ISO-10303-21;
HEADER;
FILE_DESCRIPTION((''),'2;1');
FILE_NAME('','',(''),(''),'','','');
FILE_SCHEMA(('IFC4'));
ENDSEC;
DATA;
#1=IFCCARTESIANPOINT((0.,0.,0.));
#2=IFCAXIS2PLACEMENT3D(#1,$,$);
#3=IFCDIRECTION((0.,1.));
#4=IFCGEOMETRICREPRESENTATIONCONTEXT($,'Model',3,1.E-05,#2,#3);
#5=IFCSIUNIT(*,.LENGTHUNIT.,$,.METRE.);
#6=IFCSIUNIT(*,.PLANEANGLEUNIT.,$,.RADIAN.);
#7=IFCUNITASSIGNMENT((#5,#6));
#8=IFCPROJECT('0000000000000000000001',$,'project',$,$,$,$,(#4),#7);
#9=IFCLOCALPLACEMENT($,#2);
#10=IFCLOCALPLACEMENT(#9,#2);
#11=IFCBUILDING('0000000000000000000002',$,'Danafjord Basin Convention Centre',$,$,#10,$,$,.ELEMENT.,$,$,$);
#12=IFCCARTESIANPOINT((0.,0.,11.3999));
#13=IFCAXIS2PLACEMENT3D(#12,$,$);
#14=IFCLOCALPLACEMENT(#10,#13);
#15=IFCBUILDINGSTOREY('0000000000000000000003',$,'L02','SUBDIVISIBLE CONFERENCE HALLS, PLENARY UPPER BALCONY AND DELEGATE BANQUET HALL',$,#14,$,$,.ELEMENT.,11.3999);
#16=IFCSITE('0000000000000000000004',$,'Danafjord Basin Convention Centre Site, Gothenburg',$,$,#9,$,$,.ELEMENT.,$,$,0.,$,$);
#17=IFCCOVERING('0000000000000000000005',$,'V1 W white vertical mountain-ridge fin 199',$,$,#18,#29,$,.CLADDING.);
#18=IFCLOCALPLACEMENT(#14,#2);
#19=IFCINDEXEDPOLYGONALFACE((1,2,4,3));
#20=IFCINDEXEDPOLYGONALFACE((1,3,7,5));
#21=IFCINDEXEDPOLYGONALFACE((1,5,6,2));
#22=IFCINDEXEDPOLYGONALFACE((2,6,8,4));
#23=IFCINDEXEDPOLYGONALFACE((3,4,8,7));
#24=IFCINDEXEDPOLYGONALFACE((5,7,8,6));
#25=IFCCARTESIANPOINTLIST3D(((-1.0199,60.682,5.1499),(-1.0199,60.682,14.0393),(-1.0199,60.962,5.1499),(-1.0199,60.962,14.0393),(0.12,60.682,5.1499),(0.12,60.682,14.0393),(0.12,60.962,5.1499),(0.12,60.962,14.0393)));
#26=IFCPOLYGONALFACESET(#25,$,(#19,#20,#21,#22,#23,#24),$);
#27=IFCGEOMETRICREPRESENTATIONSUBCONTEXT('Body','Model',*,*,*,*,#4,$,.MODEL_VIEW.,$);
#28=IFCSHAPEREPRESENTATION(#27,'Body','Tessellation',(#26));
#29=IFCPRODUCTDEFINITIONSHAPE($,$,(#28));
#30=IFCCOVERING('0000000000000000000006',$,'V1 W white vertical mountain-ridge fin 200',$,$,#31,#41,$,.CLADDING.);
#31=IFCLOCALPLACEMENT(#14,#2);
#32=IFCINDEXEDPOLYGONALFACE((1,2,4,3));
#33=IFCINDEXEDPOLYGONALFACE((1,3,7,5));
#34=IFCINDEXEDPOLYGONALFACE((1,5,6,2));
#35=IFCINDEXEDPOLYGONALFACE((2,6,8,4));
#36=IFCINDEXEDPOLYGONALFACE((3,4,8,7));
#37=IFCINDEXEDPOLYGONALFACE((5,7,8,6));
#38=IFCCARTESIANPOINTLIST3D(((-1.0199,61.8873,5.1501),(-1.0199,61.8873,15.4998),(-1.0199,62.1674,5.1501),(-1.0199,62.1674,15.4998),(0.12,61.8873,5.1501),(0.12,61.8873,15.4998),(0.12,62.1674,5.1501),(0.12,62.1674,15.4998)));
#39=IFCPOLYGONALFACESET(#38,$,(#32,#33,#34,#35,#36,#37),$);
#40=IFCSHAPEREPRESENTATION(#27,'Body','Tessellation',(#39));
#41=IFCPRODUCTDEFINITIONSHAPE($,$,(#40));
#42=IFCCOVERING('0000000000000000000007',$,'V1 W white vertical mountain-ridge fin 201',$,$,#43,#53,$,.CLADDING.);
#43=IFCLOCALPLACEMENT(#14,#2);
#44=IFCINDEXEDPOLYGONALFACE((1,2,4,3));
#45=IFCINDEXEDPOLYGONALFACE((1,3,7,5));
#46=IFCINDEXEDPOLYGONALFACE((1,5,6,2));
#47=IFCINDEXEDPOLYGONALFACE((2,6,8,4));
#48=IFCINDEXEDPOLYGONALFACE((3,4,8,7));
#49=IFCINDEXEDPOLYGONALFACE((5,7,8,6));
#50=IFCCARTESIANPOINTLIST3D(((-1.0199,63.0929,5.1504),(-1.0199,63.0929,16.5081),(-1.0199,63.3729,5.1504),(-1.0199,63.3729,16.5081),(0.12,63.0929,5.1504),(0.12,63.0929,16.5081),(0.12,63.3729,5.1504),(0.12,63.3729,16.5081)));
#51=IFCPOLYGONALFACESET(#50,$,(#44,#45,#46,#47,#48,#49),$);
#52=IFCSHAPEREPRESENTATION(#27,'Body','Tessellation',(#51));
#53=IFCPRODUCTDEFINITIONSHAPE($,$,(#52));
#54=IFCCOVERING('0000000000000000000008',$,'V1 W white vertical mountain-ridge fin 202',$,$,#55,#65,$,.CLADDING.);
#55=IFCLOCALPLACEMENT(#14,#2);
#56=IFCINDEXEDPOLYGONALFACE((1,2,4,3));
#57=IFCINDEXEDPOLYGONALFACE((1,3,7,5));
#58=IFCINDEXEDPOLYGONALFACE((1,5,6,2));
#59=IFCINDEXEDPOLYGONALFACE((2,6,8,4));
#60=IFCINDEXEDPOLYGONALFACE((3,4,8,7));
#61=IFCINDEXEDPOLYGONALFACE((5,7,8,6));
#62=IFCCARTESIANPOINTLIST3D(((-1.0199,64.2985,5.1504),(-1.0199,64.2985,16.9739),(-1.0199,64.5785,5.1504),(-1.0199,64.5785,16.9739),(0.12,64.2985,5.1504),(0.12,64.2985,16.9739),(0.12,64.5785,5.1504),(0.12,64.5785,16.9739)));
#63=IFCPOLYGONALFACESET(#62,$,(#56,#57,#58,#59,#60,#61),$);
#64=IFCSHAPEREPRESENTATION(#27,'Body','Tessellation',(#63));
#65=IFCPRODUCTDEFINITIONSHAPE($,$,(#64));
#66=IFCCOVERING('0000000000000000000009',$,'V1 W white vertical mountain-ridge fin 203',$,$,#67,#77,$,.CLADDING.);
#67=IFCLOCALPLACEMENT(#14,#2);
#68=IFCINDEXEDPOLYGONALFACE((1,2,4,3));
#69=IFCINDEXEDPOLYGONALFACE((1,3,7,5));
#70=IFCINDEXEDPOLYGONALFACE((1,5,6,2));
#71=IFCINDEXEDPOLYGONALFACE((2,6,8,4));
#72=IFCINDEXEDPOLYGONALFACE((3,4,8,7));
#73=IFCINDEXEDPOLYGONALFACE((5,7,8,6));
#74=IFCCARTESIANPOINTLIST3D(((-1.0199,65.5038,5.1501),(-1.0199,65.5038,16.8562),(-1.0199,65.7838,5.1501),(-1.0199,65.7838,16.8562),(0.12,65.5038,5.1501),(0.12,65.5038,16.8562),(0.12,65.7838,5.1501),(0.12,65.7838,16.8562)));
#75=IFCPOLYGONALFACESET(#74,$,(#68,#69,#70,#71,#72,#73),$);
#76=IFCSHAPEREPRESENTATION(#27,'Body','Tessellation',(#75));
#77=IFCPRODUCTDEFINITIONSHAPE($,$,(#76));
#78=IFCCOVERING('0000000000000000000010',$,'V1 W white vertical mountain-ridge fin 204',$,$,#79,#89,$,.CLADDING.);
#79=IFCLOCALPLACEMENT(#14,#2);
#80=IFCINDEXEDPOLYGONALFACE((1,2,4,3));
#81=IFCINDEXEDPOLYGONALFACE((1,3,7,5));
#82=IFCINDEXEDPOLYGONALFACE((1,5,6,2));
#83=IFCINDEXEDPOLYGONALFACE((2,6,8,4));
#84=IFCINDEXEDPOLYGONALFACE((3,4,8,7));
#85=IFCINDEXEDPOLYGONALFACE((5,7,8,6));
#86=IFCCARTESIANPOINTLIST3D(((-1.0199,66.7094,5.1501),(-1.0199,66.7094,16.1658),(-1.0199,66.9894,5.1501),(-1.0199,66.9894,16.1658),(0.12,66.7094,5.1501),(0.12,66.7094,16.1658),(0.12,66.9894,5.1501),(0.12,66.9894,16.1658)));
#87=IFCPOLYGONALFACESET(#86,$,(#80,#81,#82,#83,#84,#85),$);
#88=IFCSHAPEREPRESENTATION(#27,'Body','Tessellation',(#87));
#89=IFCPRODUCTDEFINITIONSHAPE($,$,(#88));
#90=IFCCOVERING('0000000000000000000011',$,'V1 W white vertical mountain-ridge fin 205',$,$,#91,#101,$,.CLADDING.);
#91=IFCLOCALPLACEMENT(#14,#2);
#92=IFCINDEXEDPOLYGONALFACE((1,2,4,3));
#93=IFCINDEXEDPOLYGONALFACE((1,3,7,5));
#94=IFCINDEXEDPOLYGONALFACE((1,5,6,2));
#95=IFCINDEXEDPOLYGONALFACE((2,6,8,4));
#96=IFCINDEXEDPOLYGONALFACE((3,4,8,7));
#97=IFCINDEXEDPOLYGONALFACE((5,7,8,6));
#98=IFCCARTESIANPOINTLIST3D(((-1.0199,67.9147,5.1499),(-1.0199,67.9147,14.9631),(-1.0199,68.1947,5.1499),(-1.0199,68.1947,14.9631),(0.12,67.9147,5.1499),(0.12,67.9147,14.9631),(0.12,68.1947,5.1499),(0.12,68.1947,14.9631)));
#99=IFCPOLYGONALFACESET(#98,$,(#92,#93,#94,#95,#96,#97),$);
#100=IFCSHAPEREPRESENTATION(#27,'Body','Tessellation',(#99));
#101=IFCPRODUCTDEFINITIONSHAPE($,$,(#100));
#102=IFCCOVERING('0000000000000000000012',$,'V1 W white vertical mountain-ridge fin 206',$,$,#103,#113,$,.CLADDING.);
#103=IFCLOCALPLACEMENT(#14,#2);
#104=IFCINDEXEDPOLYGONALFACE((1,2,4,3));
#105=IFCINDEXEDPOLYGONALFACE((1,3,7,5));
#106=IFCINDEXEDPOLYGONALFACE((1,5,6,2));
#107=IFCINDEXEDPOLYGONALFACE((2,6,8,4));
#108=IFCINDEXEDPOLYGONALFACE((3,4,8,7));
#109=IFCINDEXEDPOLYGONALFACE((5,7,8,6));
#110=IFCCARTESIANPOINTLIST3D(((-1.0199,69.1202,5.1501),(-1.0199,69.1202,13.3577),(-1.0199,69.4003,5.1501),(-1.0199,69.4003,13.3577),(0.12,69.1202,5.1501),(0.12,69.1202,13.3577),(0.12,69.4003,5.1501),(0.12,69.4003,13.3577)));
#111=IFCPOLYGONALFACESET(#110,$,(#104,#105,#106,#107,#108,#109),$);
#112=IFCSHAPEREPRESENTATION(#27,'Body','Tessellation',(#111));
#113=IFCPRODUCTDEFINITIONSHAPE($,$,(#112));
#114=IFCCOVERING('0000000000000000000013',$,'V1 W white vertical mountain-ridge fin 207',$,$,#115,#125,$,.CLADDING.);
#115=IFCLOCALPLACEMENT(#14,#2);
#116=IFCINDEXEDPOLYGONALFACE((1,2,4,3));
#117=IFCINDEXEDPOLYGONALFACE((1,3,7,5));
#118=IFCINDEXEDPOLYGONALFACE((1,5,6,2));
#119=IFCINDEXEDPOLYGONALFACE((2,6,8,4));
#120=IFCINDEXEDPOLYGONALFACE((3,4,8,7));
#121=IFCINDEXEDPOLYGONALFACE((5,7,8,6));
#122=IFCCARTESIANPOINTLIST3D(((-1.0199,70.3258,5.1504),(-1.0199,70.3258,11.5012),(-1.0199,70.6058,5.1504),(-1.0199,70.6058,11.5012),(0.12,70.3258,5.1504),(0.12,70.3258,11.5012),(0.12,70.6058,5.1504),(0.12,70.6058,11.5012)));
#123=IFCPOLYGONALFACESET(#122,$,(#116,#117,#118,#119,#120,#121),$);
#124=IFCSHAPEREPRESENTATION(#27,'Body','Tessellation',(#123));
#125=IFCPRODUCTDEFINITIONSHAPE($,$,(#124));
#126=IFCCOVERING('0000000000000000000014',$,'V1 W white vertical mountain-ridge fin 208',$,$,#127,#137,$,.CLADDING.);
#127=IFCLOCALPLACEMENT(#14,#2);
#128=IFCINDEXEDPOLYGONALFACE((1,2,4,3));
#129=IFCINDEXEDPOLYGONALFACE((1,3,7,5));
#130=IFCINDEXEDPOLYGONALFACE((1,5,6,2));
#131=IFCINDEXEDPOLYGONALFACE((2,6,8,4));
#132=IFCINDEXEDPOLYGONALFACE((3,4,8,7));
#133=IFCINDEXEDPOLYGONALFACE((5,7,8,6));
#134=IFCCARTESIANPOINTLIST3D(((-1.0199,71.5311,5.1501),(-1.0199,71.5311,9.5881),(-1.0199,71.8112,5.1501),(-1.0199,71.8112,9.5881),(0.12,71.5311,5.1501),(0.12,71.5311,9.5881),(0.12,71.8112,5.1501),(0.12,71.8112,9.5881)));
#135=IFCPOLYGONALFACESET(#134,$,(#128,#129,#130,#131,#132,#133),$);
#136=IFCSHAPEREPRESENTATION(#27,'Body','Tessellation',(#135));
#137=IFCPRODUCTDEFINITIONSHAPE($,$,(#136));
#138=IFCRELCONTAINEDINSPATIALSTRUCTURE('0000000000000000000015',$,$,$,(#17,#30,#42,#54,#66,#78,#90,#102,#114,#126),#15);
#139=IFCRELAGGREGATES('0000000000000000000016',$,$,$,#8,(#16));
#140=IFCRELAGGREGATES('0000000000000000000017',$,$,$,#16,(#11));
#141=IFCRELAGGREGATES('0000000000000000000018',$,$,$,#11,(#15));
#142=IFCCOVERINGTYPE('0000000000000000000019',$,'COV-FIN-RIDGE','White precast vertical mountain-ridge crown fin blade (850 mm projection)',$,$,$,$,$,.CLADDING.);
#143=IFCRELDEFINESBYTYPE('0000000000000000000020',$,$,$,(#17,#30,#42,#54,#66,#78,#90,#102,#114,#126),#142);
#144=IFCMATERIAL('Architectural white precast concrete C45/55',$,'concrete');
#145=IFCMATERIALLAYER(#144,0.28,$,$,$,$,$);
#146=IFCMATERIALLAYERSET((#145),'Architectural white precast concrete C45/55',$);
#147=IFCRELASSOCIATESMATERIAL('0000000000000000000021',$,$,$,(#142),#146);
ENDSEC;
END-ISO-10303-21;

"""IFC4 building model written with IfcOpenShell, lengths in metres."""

from ifc_helpers import new_model, si_unit, direction, frame, origin, origin_2d, place, context, subcontext, project, spatial, rectangle, extrude, material, layer, layer_set, type_object, element, save


model = new_model("IFC4")

# Units and contexts
model_context = context("Model", 3, precision=1e-05, world=origin(), true_north=direction((0.0, 1.0)))
body_context = subcontext(model_context, "Body", "Model", "MODEL_VIEW")
ifc_project = project(units=[si_unit("LENGTHUNIT", "METRE"), si_unit("PLANEANGLEUNIT", "RADIAN")], contexts=[model_context])

# Site, building, storey
site_placement = place(None, origin())
site = spatial("IfcSite", under=ifc_project, at=site_placement, Name="Danafjord Basin Convention Centre Site, Gothenburg", CompositionType="ELEMENT", RefElevation=0.0)
building_placement = place(site_placement, origin())
building = spatial("IfcBuilding", under=site, at=building_placement, Name="Danafjord Basin Convention Centre", CompositionType="ELEMENT")
storey_placement = place(building_placement, frame((0.0, 0.0, 11.3999)))
storey = spatial("IfcBuildingStorey", under=building, at=storey_placement, Name="L02", Description="SUBDIVISIBLE CONFERENCE HALLS, PLENARY UPPER BALCONY AND DELEGATE BANQUET HALL", CompositionType="ELEMENT", Elevation=11.3999)

# Coverings
ifc_material_1 = material(Name="Architectural white precast concrete C45/55", Category="concrete")
ifc_layer_1 = layer(ifc_material_1, 0.28)
ifc_layer_set_1 = layer_set([ifc_layer_1], Name="Architectural white precast concrete C45/55")
covering_type = type_object("IfcCoveringType", Name="COV-FIN-RIDGE", Description="White precast vertical mountain-ridge crown fin blade (850 mm projection)", PredefinedType="CLADDING", material=ifc_layer_set_1)
covering_1_placement = place(storey_placement, frame((-0.45, 60.822, 5.1499), z_axis=(0.0, 0.0, 1.0), x_axis=(1.0, 0.0, 0.0)))
element("IfcCovering", 1, at=covering_1_placement, inside=storey, type_object=covering_type, Name="V1 W white vertical mountain-ridge fin 199", PredefinedType="CLADDING", context=body_context, shape_type="SweptSolid", body=[
    extrude(rectangle(XDim=1.1399, YDim=0.28, at=origin_2d()), origin(), (0.0, 0.0, 1.0), 8.8894),
])
covering_2_placement = place(storey_placement, frame((-0.45, 62.0273, 5.1501), z_axis=(0.0, 0.0, 1.0), x_axis=(1.0, 0.0, 0.0)))
element("IfcCovering", 2, at=covering_2_placement, inside=storey, type_object=covering_type, Name="V1 W white vertical mountain-ridge fin 200", PredefinedType="CLADDING", context=body_context, shape_type="SweptSolid", body=[
    extrude(rectangle(XDim=1.1399, YDim=0.28, at=origin_2d()), origin(), (0.0, 0.0, 1.0), 10.3496),
])
covering_3_placement = place(storey_placement, frame((-0.45, 63.2329, 5.1504), z_axis=(0.0, 0.0, 1.0), x_axis=(1.0, 0.0, 0.0)))
element("IfcCovering", 3, at=covering_3_placement, inside=storey, type_object=covering_type, Name="V1 W white vertical mountain-ridge fin 201", PredefinedType="CLADDING", context=body_context, shape_type="SweptSolid", body=[
    extrude(rectangle(XDim=1.1399, YDim=0.28, at=origin_2d()), origin(), (0.0, 0.0, 1.0), 11.3577),
])
covering_4_placement = place(storey_placement, frame((-0.45, 64.4385, 5.1504), z_axis=(0.0, 0.0, 1.0), x_axis=(1.0, 0.0, 0.0)))
element("IfcCovering", 4, at=covering_4_placement, inside=storey, type_object=covering_type, Name="V1 W white vertical mountain-ridge fin 202", PredefinedType="CLADDING", context=body_context, shape_type="SweptSolid", body=[
    extrude(rectangle(XDim=1.1399, YDim=0.28, at=origin_2d()), origin(), (0.0, 0.0, 1.0), 11.8235),
])
covering_5_placement = place(storey_placement, frame((-0.45, 65.6438, 5.1501), z_axis=(0.0, 0.0, 1.0), x_axis=(1.0, 0.0, 0.0)))
element("IfcCovering", 5, at=covering_5_placement, inside=storey, type_object=covering_type, Name="V1 W white vertical mountain-ridge fin 203", PredefinedType="CLADDING", context=body_context, shape_type="SweptSolid", body=[
    extrude(rectangle(XDim=1.1399, YDim=0.28, at=origin_2d()), origin(), (0.0, 0.0, 1.0), 11.7061),
])
covering_6_placement = place(storey_placement, frame((-0.45, 66.8494, 5.1501), z_axis=(0.0, 0.0, 1.0), x_axis=(1.0, 0.0, 0.0)))
element("IfcCovering", 6, at=covering_6_placement, inside=storey, type_object=covering_type, Name="V1 W white vertical mountain-ridge fin 204", PredefinedType="CLADDING", context=body_context, shape_type="SweptSolid", body=[
    extrude(rectangle(XDim=1.1399, YDim=0.28, at=origin_2d()), origin(), (0.0, 0.0, 1.0), 11.0156),
])
covering_7_placement = place(storey_placement, frame((-0.45, 68.0547, 5.1499), z_axis=(0.0, 0.0, 1.0), x_axis=(1.0, 0.0, 0.0)))
element("IfcCovering", 7, at=covering_7_placement, inside=storey, type_object=covering_type, Name="V1 W white vertical mountain-ridge fin 205", PredefinedType="CLADDING", context=body_context, shape_type="SweptSolid", body=[
    extrude(rectangle(XDim=1.1399, YDim=0.28, at=origin_2d()), origin(), (0.0, 0.0, 1.0), 9.8132),
])
covering_8_placement = place(storey_placement, frame((-0.45, 69.2603, 5.1501), z_axis=(0.0, 0.0, 1.0), x_axis=(1.0, 0.0, 0.0)))
element("IfcCovering", 8, at=covering_8_placement, inside=storey, type_object=covering_type, Name="V1 W white vertical mountain-ridge fin 206", PredefinedType="CLADDING", context=body_context, shape_type="SweptSolid", body=[
    extrude(rectangle(XDim=1.1399, YDim=0.28, at=origin_2d()), origin(), (0.0, 0.0, 1.0), 8.2075),
])
covering_9_placement = place(storey_placement, frame((-0.45, 70.4658, 5.1504), z_axis=(0.0, 0.0, 1.0), x_axis=(1.0, 0.0, 0.0)))
element("IfcCovering", 9, at=covering_9_placement, inside=storey, type_object=covering_type, Name="V1 W white vertical mountain-ridge fin 207", PredefinedType="CLADDING", context=body_context, shape_type="SweptSolid", body=[
    extrude(rectangle(XDim=1.1399, YDim=0.28, at=origin_2d()), origin(), (0.0, 0.0, 1.0), 6.3508),
])
covering_10_placement = place(storey_placement, frame((-0.45, 71.6711, 5.1501), z_axis=(0.0, 0.0, 1.0), x_axis=(1.0, 0.0, 0.0)))
element("IfcCovering", 10, at=covering_10_placement, inside=storey, type_object=covering_type, Name="V1 W white vertical mountain-ridge fin 208", PredefinedType="CLADDING", context=body_context, shape_type="SweptSolid", body=[
    extrude(rectangle(XDim=1.1399, YDim=0.28, at=origin_2d()), origin(), (0.0, 0.0, 1.0), 4.438),
])

save(model, "model.ifc")
